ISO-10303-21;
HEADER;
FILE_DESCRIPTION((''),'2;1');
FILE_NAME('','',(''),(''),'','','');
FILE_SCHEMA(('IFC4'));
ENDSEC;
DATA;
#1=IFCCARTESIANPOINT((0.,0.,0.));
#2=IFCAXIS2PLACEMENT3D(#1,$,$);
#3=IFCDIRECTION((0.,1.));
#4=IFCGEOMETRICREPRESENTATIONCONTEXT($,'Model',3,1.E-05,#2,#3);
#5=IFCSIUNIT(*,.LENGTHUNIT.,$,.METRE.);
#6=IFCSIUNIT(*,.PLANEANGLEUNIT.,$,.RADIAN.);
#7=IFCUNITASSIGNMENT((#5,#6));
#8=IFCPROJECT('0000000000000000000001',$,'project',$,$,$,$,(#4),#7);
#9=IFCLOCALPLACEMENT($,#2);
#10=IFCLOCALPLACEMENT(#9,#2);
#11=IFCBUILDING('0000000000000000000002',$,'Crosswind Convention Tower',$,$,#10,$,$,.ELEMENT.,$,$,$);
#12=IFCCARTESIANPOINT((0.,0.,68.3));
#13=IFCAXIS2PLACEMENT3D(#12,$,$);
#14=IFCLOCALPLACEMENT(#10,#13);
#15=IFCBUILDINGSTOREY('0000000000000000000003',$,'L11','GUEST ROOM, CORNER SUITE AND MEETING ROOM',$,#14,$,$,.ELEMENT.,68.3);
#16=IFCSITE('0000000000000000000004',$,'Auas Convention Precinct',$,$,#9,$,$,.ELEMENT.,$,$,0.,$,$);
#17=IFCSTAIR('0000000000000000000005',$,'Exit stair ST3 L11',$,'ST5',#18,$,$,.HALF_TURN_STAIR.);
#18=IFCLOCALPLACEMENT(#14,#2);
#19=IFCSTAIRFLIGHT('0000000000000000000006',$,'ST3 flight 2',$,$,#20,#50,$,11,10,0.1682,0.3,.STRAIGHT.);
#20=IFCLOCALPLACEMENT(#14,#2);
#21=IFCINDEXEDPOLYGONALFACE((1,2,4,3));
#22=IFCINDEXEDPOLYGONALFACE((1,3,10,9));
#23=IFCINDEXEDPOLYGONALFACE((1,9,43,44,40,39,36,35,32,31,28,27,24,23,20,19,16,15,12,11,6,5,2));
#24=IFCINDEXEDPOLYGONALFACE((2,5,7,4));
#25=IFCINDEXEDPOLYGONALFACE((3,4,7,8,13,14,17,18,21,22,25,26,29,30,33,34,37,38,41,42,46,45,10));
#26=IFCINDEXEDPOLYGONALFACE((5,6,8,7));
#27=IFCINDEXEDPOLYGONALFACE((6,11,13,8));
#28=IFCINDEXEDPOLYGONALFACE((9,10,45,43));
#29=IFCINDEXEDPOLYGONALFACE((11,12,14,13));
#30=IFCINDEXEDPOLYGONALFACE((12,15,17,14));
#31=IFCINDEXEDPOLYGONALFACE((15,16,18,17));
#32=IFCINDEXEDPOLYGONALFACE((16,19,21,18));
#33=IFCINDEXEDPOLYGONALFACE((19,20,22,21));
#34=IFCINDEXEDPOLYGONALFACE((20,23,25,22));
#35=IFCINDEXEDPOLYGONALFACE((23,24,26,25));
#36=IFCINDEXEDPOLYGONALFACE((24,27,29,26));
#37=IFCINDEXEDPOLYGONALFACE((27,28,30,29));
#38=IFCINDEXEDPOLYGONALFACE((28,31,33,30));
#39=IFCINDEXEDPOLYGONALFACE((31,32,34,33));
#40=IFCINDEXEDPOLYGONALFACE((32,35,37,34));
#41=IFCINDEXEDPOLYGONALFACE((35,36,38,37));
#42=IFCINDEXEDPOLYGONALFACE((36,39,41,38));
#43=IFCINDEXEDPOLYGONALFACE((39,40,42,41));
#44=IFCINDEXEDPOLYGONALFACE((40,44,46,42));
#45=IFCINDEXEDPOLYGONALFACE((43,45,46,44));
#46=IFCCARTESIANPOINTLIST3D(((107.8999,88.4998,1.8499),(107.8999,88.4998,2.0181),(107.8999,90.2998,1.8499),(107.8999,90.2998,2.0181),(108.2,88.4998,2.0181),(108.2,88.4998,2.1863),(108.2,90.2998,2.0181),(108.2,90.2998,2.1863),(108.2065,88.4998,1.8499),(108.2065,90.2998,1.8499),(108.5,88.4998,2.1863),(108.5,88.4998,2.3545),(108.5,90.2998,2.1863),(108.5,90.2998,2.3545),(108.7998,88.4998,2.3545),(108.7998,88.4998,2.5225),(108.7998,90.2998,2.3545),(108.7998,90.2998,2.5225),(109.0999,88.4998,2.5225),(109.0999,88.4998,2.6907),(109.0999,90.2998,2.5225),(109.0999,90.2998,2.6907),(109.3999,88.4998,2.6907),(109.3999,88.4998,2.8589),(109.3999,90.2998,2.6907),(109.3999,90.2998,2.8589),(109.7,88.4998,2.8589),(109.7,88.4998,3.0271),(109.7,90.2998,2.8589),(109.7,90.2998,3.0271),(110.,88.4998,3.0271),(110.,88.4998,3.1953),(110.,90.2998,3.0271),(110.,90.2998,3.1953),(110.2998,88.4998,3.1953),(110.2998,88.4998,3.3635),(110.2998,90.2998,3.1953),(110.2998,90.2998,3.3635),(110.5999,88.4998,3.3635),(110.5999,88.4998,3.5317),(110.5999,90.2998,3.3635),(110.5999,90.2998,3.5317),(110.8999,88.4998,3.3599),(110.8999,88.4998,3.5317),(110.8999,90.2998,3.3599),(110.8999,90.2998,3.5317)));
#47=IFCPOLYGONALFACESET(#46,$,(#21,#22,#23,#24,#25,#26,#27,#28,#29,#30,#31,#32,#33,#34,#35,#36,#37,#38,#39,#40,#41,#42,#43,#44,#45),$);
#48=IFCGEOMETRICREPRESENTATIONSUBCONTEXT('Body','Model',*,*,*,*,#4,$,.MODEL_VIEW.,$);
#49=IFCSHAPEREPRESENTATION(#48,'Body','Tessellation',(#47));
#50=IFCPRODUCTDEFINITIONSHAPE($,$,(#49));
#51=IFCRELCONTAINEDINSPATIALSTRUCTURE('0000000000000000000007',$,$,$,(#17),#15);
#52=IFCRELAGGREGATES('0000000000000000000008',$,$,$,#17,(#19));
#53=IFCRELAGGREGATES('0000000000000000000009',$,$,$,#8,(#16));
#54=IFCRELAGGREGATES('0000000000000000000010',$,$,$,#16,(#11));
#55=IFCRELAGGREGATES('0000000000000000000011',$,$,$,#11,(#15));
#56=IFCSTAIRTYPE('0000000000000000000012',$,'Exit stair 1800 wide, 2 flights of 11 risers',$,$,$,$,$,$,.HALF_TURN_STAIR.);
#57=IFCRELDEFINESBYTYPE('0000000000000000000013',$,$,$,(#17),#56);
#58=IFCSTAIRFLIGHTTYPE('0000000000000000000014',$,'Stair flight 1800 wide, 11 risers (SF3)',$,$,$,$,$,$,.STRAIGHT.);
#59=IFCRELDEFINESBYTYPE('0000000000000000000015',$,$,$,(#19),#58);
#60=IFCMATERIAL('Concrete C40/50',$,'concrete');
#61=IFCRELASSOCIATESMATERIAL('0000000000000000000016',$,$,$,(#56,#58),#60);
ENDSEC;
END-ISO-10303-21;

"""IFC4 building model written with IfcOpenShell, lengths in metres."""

from ifc_helpers import new_model, si_unit, direction, frame, origin, place, context, subcontext, project, spatial, polyline, outline, extrude, material, type_object, element, aggregate, save


model = new_model("IFC4")

# Units and contexts
model_context = context("Model", 3, precision=1e-05, world=origin(), true_north=direction((0.0, 1.0)))
body_context = subcontext(model_context, "Body", "Model", "MODEL_VIEW")
ifc_project = project(units=[si_unit("LENGTHUNIT", "METRE"), si_unit("PLANEANGLEUNIT", "RADIAN")], contexts=[model_context])

# Site, building, storey
site_placement = place(None, origin())
site = spatial("IfcSite", under=ifc_project, at=site_placement, Name="Auas Convention Precinct", CompositionType="ELEMENT", RefElevation=0.0)
building_placement = place(site_placement, origin())
building = spatial("IfcBuilding", under=site, at=building_placement, Name="Crosswind Convention Tower", CompositionType="ELEMENT")
storey_placement = place(building_placement, frame((0.0, 0.0, 68.3)))
storey = spatial("IfcBuildingStorey", under=building, at=storey_placement, Name="L11", Description="GUEST ROOM, CORNER SUITE AND MEETING ROOM", CompositionType="ELEMENT", Elevation=68.3)

# Stair, stair flight
ifc_material_1 = material(Name="Concrete C40/50", Category="concrete")
stair_type = type_object("IfcStairType", Name="Exit stair 1800 wide, 2 flights of 11 risers", PredefinedType="HALF_TURN_STAIR", material=ifc_material_1)
stair_placement = place(storey_placement, origin())
stair = element("IfcStair", 1, at=stair_placement, inside=storey, type_object=stair_type, Name="Exit stair ST3 L11", ObjectType="ST5", PredefinedType="HALF_TURN_STAIR")
stair_flight_type = type_object("IfcStairFlightType", Name="Stair flight 1800 wide, 11 risers (SF3)", PredefinedType="STRAIGHT", material=ifc_material_1)
stair_flight_1_placement = place(storey_placement, frame((107.8999, 89.3999, 1.8499), z_axis=(0.0, 0.0, 1.0), x_axis=(1.0, 0.0, 0.0)))
stair_flight_1 = element("IfcStairFlight", 2, at=stair_flight_1_placement, type_object=stair_flight_type, Name="ST3 flight 2", NumberOfRisers=11, NumberOfTreads=10, PredefinedType="STRAIGHT", RiserHeight=0.1682, TreadLength=0.3, context=body_context, shape_type="SweptSolid", body=[
    extrude(outline(polyline([(0.0, 0.0), (0.0, 0.1682), (0.3, 0.1682), (0.3, 0.3364), (0.6001, 0.3364), (0.6001, 0.5046), (0.8999, 0.5046), (0.8999, 0.6726), (1.2, 0.6726), (1.2, 0.8408), (1.5, 0.8408), (1.5, 1.009), (1.8, 1.009), (1.8, 1.1772), (2.1001, 1.1772), (2.1001, 1.3455), (2.3999, 1.3455), (2.3999, 1.5137), (2.7, 1.5137), (2.7, 1.6819), (3.0, 1.6819), (3.0, 1.8501), (3.0, 1.51), (0.3066, 0.0), (0.0, 0.0)])), frame((0.0, 0.8999, 0.0), z_axis=(0.0, -1.0, 0.0), x_axis=(1.0, 0.0, 0.0)), (0.0, 0.0, 1.0), 1.8),
])
aggregate(stair, [stair_flight_1])

save(model, "model.ifc")
